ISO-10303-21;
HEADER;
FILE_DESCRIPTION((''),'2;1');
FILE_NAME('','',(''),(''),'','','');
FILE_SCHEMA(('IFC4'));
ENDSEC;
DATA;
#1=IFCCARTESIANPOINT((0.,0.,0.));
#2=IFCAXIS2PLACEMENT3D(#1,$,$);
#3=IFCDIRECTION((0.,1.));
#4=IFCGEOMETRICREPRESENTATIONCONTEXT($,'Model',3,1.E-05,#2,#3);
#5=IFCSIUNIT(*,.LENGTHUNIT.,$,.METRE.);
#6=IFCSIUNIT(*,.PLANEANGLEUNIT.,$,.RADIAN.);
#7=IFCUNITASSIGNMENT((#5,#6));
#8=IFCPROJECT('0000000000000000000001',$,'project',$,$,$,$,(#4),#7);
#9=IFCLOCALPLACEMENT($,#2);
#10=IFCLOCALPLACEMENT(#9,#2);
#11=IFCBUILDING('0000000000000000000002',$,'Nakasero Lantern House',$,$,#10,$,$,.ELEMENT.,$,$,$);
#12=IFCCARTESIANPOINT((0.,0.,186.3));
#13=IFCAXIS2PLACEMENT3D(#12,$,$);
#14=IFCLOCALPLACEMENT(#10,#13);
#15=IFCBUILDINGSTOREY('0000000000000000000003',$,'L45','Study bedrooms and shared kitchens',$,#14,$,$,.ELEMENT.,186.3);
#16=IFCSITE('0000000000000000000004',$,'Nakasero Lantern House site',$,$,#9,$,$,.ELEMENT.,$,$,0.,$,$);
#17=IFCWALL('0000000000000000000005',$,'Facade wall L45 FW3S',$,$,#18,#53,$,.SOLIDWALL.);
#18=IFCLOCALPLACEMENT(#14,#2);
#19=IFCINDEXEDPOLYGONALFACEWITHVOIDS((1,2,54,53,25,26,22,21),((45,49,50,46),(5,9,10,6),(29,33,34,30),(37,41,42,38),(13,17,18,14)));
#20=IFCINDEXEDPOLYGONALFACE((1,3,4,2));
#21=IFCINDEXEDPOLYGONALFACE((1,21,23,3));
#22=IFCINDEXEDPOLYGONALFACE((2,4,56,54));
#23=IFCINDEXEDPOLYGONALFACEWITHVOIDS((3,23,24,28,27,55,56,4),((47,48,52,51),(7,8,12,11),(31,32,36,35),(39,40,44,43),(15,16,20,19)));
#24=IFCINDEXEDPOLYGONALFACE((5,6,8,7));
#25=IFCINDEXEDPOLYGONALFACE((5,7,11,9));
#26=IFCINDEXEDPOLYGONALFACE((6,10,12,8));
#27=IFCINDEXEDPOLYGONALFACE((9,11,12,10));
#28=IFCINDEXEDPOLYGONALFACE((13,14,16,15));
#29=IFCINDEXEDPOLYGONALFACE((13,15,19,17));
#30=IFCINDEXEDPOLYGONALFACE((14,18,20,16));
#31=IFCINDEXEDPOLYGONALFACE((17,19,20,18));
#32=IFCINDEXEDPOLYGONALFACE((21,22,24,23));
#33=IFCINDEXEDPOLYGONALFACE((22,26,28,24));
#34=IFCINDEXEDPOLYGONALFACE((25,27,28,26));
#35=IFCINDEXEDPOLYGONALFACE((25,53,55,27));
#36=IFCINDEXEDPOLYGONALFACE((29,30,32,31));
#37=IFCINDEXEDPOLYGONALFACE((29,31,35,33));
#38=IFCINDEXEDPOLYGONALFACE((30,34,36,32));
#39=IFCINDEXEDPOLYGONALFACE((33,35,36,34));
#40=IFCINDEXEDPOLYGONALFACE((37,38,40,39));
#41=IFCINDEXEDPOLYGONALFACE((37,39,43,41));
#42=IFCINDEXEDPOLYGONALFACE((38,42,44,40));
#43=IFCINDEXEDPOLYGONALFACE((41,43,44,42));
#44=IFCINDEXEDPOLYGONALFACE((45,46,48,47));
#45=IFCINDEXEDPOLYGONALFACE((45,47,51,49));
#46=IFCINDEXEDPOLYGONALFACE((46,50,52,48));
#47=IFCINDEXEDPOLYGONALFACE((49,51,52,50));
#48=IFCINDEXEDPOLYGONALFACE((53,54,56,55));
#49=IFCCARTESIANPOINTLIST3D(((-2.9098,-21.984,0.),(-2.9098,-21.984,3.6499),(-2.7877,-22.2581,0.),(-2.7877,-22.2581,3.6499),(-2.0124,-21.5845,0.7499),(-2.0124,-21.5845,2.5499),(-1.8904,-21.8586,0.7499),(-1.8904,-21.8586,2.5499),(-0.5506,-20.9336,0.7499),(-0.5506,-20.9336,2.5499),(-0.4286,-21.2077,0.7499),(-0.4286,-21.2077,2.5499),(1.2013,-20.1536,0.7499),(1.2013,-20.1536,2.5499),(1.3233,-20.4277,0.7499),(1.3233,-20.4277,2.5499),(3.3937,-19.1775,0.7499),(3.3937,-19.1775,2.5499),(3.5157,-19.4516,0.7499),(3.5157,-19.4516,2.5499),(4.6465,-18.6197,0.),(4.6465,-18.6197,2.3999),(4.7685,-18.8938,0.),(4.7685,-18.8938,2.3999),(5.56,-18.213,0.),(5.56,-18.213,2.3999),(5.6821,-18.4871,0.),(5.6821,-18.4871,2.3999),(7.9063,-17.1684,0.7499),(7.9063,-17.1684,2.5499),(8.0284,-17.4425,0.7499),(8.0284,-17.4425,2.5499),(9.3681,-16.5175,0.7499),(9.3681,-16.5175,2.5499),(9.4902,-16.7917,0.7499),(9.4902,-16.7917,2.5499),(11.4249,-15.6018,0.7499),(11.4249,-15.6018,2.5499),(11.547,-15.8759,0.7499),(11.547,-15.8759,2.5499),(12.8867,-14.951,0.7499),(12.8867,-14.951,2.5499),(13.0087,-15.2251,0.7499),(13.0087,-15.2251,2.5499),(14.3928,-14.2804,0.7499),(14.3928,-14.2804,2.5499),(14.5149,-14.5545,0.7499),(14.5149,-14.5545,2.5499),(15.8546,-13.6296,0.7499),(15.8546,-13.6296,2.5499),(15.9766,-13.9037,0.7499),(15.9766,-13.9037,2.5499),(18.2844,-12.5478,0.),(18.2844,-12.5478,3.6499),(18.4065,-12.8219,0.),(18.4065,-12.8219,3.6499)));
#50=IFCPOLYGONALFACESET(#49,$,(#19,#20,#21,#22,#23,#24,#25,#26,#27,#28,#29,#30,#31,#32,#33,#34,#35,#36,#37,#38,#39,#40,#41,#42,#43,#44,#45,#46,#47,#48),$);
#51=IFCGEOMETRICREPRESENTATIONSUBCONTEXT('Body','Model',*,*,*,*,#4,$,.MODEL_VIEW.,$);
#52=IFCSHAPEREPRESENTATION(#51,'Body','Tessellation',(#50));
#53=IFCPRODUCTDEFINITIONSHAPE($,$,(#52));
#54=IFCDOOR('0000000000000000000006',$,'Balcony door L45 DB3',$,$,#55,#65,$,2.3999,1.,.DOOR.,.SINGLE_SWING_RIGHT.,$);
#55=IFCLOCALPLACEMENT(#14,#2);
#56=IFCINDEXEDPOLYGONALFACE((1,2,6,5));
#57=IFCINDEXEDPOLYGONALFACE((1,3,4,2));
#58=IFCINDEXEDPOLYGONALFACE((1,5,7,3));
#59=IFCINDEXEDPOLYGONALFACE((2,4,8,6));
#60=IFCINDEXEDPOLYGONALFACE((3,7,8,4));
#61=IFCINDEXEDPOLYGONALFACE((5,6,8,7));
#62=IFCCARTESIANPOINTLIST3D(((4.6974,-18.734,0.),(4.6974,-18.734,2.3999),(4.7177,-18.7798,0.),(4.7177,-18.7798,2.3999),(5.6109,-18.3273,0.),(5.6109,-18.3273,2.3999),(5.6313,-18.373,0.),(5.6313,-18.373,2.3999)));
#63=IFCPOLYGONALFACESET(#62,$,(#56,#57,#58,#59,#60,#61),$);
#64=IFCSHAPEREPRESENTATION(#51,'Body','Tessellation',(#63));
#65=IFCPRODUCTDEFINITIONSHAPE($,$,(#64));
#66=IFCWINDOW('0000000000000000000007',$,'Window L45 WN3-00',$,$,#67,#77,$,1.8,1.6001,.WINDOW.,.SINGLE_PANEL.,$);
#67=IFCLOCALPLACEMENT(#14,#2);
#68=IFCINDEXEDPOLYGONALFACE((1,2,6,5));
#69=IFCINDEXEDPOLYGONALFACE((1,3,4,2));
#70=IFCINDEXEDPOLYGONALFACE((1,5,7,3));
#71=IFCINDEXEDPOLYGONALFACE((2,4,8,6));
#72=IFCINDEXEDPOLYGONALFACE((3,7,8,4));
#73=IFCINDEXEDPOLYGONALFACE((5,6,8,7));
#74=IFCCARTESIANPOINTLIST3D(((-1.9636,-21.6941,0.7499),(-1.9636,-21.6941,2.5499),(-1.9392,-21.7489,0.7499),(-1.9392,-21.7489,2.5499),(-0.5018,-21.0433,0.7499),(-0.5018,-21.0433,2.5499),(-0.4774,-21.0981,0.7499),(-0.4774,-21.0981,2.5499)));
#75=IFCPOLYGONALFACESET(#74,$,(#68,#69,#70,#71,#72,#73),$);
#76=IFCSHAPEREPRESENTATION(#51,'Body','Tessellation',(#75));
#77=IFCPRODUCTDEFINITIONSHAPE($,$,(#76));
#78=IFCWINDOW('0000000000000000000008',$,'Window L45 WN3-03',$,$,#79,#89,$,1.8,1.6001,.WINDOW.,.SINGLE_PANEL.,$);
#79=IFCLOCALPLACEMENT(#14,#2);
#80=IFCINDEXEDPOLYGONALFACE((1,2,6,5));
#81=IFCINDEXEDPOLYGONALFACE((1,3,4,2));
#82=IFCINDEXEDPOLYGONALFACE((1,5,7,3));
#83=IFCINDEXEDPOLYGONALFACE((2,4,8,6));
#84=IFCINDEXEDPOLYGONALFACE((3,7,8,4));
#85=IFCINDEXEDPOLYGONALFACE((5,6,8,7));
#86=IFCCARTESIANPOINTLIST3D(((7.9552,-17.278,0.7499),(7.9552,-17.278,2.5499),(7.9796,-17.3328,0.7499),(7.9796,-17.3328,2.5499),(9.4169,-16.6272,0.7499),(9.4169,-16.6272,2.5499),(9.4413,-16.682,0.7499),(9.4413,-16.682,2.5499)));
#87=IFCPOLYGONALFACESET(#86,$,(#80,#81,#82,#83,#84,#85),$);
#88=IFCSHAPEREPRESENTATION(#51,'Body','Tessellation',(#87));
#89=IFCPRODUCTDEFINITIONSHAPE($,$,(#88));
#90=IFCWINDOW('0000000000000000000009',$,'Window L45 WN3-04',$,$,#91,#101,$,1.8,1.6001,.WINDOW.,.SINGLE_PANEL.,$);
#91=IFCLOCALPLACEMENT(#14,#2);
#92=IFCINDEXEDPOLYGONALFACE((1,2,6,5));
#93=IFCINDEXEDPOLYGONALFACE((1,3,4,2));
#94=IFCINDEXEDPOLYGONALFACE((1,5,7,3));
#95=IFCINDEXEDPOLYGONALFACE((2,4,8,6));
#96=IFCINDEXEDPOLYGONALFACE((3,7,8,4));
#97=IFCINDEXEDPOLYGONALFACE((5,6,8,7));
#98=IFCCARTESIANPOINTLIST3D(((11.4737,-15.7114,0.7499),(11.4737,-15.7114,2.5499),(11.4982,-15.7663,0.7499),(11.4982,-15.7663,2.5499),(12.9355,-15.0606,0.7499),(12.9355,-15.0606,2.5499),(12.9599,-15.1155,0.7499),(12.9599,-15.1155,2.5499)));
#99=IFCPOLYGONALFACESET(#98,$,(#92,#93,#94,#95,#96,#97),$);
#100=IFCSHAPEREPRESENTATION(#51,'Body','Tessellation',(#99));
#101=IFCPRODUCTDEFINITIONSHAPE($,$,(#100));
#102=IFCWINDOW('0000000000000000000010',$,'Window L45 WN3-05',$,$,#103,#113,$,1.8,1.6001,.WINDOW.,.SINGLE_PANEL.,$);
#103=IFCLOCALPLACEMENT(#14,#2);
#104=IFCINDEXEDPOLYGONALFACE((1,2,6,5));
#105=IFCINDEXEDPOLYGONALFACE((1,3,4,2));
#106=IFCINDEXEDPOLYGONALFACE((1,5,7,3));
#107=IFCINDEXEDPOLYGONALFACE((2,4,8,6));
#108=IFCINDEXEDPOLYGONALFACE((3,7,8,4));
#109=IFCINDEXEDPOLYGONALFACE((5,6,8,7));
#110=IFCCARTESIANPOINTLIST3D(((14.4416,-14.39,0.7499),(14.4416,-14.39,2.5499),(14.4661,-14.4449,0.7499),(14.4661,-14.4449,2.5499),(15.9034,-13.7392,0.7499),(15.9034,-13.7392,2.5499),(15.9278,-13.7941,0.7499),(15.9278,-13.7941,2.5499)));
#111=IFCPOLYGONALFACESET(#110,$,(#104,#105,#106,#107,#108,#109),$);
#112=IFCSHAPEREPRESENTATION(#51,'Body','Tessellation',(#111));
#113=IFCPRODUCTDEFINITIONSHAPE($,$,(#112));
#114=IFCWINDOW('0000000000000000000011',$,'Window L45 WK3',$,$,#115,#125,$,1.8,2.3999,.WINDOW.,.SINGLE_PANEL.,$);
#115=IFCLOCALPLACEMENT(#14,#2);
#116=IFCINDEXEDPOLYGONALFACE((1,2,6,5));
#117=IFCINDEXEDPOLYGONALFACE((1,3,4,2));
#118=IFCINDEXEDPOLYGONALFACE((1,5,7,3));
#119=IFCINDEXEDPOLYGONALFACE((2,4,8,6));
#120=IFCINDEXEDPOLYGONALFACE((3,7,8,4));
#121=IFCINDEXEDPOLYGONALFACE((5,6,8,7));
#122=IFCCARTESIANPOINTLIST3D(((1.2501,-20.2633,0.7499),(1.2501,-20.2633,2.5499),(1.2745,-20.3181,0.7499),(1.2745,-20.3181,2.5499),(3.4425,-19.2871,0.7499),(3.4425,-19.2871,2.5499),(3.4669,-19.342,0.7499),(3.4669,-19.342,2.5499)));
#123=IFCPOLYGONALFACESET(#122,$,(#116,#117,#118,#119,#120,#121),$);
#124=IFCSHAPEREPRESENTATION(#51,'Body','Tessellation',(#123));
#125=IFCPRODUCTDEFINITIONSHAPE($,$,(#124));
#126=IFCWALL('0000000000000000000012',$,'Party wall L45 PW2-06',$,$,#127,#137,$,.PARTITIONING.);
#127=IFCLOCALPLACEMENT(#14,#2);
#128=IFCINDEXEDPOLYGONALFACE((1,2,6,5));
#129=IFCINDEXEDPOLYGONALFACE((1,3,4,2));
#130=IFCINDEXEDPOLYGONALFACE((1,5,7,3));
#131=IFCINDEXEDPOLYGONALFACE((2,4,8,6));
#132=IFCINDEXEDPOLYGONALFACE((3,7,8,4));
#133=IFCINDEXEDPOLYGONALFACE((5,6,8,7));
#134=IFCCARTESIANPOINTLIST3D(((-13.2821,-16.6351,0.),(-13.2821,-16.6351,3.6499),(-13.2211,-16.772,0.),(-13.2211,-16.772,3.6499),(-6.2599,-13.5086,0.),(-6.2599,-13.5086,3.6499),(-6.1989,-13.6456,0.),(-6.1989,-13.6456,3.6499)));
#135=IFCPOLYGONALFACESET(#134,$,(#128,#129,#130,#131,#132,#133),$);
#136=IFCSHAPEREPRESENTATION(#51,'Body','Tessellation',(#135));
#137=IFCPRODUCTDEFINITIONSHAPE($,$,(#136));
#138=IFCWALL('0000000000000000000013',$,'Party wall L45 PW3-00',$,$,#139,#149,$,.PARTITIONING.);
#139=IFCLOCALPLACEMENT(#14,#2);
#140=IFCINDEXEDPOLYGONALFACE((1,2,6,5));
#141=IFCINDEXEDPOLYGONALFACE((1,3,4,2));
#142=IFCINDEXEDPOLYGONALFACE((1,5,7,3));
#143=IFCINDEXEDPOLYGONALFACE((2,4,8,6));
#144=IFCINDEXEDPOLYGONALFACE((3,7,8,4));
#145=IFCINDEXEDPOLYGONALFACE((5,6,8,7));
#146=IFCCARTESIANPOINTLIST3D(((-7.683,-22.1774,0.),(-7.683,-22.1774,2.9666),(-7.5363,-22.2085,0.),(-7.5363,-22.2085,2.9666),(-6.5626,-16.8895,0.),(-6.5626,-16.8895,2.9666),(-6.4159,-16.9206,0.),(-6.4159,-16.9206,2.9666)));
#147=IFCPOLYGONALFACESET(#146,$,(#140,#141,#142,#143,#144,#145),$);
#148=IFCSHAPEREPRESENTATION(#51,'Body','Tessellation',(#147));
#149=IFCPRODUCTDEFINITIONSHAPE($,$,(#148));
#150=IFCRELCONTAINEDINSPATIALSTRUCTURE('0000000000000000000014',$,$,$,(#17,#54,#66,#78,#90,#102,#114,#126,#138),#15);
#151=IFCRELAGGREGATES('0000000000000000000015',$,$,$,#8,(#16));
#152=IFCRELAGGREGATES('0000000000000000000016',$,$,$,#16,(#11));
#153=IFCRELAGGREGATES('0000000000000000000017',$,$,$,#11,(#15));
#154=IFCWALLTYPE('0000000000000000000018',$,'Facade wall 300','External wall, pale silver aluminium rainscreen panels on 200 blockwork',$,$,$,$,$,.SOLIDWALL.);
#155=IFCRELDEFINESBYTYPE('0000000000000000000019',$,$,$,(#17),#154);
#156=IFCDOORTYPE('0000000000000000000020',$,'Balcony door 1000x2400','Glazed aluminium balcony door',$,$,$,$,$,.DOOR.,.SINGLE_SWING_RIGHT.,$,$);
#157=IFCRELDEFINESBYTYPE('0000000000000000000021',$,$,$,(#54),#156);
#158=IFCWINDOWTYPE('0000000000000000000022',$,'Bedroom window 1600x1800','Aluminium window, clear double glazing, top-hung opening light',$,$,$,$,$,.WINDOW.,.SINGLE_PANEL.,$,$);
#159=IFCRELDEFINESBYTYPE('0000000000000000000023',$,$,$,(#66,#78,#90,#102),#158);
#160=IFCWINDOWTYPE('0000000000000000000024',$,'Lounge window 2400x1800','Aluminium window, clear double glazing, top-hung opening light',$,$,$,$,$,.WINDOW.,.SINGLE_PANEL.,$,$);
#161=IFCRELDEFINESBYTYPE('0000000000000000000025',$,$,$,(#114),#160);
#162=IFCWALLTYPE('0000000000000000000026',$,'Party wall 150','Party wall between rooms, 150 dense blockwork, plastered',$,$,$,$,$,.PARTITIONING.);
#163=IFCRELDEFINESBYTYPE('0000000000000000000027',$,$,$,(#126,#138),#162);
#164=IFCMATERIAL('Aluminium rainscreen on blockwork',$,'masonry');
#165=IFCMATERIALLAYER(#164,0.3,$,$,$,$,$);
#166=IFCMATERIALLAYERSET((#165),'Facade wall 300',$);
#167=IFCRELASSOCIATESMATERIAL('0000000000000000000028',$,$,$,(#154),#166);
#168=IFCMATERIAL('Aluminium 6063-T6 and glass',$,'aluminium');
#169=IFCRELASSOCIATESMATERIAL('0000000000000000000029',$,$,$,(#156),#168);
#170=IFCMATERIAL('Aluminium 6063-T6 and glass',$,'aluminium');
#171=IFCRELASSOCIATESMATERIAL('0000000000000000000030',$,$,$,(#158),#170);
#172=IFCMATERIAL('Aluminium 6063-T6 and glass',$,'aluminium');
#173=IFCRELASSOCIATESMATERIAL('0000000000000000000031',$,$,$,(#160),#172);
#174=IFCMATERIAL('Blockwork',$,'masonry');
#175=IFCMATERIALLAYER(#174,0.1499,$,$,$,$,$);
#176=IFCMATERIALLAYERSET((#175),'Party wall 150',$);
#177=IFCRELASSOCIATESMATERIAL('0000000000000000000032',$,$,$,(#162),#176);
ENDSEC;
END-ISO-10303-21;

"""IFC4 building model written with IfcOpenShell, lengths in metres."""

from ifc_helpers import new_model, si_unit, direction, frame, frame_2d, origin, place, context, subcontext, project, spatial, rectangle, extrude, material, layer, layer_set, type_object, element, fill, save


model = new_model("IFC4")

# Units and contexts
model_context = context("Model", 3, precision=1e-05, world=origin(), true_north=direction((0.0, 1.0)))
body_context = subcontext(model_context, "Body", "Model", "MODEL_VIEW")
ifc_project = project(units=[si_unit("LENGTHUNIT", "METRE"), si_unit("PLANEANGLEUNIT", "RADIAN")], contexts=[model_context])

# Site, building, storey
site_placement = place(None, origin())
site = spatial("IfcSite", under=ifc_project, at=site_placement, Name="Nakasero Lantern House site", CompositionType="ELEMENT", RefElevation=0.0)
building_placement = place(site_placement, origin())
building = spatial("IfcBuilding", under=site, at=building_placement, Name="Nakasero Lantern House", CompositionType="ELEMENT")
storey_placement = place(building_placement, frame((0.0, 0.0, 186.3)))
storey = spatial("IfcBuildingStorey", under=building, at=storey_placement, Name="L45", Description="Study bedrooms and shared kitchens", CompositionType="ELEMENT", Elevation=186.3)

# Shared definitions
ifc_material_1 = material(Name="Aluminium rainscreen on blockwork", Category="masonry")
ifc_layer_1 = layer(ifc_material_1, 0.3)
ifc_layer_set_1 = layer_set([ifc_layer_1], Name="Facade wall 300")
wall_type_1 = type_object("IfcWallType", Name="Facade wall 300", Description="External wall, pale silver aluminium rainscreen panels on 200 blockwork", PredefinedType="SOLIDWALL", material=ifc_layer_set_1)

# Wall, openings, door, windows
wall_1_placement = place(storey_placement, frame((-2.8489, -22.1211, 0.0), z_axis=(0.0, 0.0, 1.0), x_axis=(0.913546, 0.406735, 0.0)))
wall_1 = element("IfcWall", 1, at=wall_1_placement, inside=storey, type_object=wall_type_1, Name="Facade wall L45 FW3S", PredefinedType="SOLIDWALL", context=body_context, shape_type="SweptSolid", body=[
    extrude(rectangle(XDim=23.2, YDim=0.3, at=frame_2d((11.6001, 0.0))), origin(), (0.0, 0.0, 1.0), 3.6499),
])
opening_1_placement = place(wall_1_placement, frame((0.9824, 0.0, 0.75)))
opening_1 = element("IfcOpeningElement", 2, at=opening_1_placement, cuts=wall_1, PredefinedType="OPENING", context=body_context, shape_type="SweptSolid", body=[
    extrude(rectangle(XDim=1.6001, YDim=1.8, at=frame_2d((0.8, 0.8999))), frame((0.0, 0.1699, 0.0), z_axis=(0.0, -1.0, 0.0), x_axis=(1.0, 0.0, 0.0)), (0.0, 0.0, 1.0), 0.3401),
])
opening_2_placement = place(wall_1_placement, frame((11.8398, 0.0, 0.75)))
opening_2 = element("IfcOpeningElement", 3, at=opening_2_placement, cuts=wall_1, PredefinedType="OPENING", context=body_context, shape_type="SweptSolid", body=[
    extrude(rectangle(XDim=1.6001, YDim=1.8, at=frame_2d((0.8, 0.8999))), frame((0.0, 0.1699, 0.0), z_axis=(0.0, -1.0, 0.0), x_axis=(1.0, 0.0, 0.0)), (0.0, 0.0, 1.0), 0.3401),
])
opening_3_placement = place(wall_1_placement, frame((15.6914, 0.0, 0.75)))
opening_3 = element("IfcOpeningElement", 4, at=opening_3_placement, cuts=wall_1, PredefinedType="OPENING", context=body_context, shape_type="SweptSolid", body=[
    extrude(rectangle(XDim=1.6001, YDim=1.8, at=frame_2d((0.8, 0.8999))), frame((0.0, 0.1699, 0.0), z_axis=(0.0, -1.0, 0.0), x_axis=(1.0, 0.0, 0.0)), (0.0, 0.0, 1.0), 0.3401),
])
opening_4_placement = place(wall_1_placement, frame((18.9402, 0.0, 0.75)))
opening_4 = element("IfcOpeningElement", 5, at=opening_4_placement, cuts=wall_1, PredefinedType="OPENING", context=body_context, shape_type="SweptSolid", body=[
    extrude(rectangle(XDim=1.6001, YDim=1.8, at=frame_2d((0.8, 0.8999))), frame((0.0, 0.1699, 0.0), z_axis=(0.0, -1.0, 0.0), x_axis=(1.0, 0.0, 0.0)), (0.0, 0.0, 1.0), 0.3401),
])
opening_5_placement = place(wall_1_placement, frame((4.5002, 0.0, 0.75)))
opening_5 = element("IfcOpeningElement", 6, at=opening_5_placement, cuts=wall_1, PredefinedType="OPENING", context=body_context, shape_type="SweptSolid", body=[
    extrude(rectangle(XDim=2.3999, YDim=1.8, at=frame_2d((1.2, 0.8999))), frame((0.0, 0.1699, 0.0), z_axis=(0.0, -1.0, 0.0), x_axis=(1.0, 0.0, 0.0)), (0.0, 0.0, 1.0), 0.3401),
])
opening_6_placement = place(wall_1_placement, frame((8.2715, 0.0, 0.0)))
opening_6 = element("IfcOpeningElement", 7, at=opening_6_placement, cuts=wall_1, PredefinedType="OPENING", context=body_context, shape_type="SweptSolid", body=[
    extrude(rectangle(XDim=1.0, YDim=2.3999, at=frame_2d((0.5, 1.2))), frame((0.0, 0.1699, 0.0), z_axis=(0.0, -1.0, 0.0), x_axis=(1.0, 0.0, 0.0)), (0.0, 0.0, 1.0), 0.3401),
])
ifc_material_2 = material(Name="Aluminium 6063-T6 and glass", Category="aluminium")
door_type_1 = type_object("IfcDoorType", Name="Balcony door 1000x2400", Description="Glazed aluminium balcony door", OperationType="SINGLE_SWING_RIGHT", PredefinedType="DOOR", material=ifc_material_2)
door_1_placement = place(opening_6_placement, origin())
door_1 = element("IfcDoor", 8, at=door_1_placement, inside=storey, type_object=door_type_1, Name="Balcony door L45 DB3", OperationType="SINGLE_SWING_RIGHT", OverallHeight=2.3999, OverallWidth=1.0, PredefinedType="DOOR", context=body_context, shape_type="SweptSolid", body=[
    extrude(rectangle(XDim=1.0, YDim=2.3999, at=frame_2d((0.5, 1.2))), frame((0.0, 0.0249, 0.0), z_axis=(0.0, -1.0, 0.0), x_axis=(1.0, 0.0, 0.0)), (0.0, 0.0, 1.0), 0.05),
])
fill(opening_6, door_1)
ifc_material_3 = material(Name="Aluminium 6063-T6 and glass", Category="aluminium")
window_type_1 = type_object("IfcWindowType", Name="Bedroom window 1600x1800", Description="Aluminium window, clear double glazing, top-hung opening light", PartitioningType="SINGLE_PANEL", PredefinedType="WINDOW", material=ifc_material_3)
window_1_placement = place(opening_1_placement, origin())
window_1 = element("IfcWindow", 9, at=window_1_placement, inside=storey, type_object=window_type_1, Name="Window L45 WN3-00", OverallHeight=1.8, OverallWidth=1.6001, PartitioningType="SINGLE_PANEL", PredefinedType="WINDOW", context=body_context, shape_type="SweptSolid", body=[
    extrude(rectangle(XDim=1.6001, YDim=1.8, at=frame_2d((0.8, 0.8999))), frame((0.0, 0.03, 0.0), z_axis=(0.0, -1.0, 0.0), x_axis=(1.0, 0.0, 0.0)), (0.0, 0.0, 1.0), 0.0601),
])
fill(opening_1, window_1)
window_2_placement = place(opening_2_placement, origin())
window_2 = element("IfcWindow", 10, at=window_2_placement, inside=storey, type_object=window_type_1, Name="Window L45 WN3-03", OverallHeight=1.8, OverallWidth=1.6001, PartitioningType="SINGLE_PANEL", PredefinedType="WINDOW", context=body_context, shape_type="SweptSolid", body=[
    extrude(rectangle(XDim=1.6001, YDim=1.8, at=frame_2d((0.8, 0.8999))), frame((0.0, 0.03, 0.0), z_axis=(0.0, -1.0, 0.0), x_axis=(1.0, 0.0, 0.0)), (0.0, 0.0, 1.0), 0.0601),
])
fill(opening_2, window_2)
window_3_placement = place(opening_3_placement, origin())
window_3 = element("IfcWindow", 11, at=window_3_placement, inside=storey, type_object=window_type_1, Name="Window L45 WN3-04", OverallHeight=1.8, OverallWidth=1.6001, PartitioningType="SINGLE_PANEL", PredefinedType="WINDOW", context=body_context, shape_type="SweptSolid", body=[
    extrude(rectangle(XDim=1.6001, YDim=1.8, at=frame_2d((0.8, 0.8999))), frame((0.0, 0.03, 0.0), z_axis=(0.0, -1.0, 0.0), x_axis=(1.0, 0.0, 0.0)), (0.0, 0.0, 1.0), 0.0601),
])
fill(opening_3, window_3)
window_4_placement = place(opening_4_placement, origin())
window_4 = element("IfcWindow", 12, at=window_4_placement, inside=storey, type_object=window_type_1, Name="Window L45 WN3-05", OverallHeight=1.8, OverallWidth=1.6001, PartitioningType="SINGLE_PANEL", PredefinedType="WINDOW", context=body_context, shape_type="SweptSolid", body=[
    extrude(rectangle(XDim=1.6001, YDim=1.8, at=frame_2d((0.8, 0.8999))), frame((0.0, 0.03, 0.0), z_axis=(0.0, -1.0, 0.0), x_axis=(1.0, 0.0, 0.0)), (0.0, 0.0, 1.0), 0.0601),
])
fill(opening_4, window_4)
ifc_material_4 = material(Name="Aluminium 6063-T6 and glass", Category="aluminium")
window_type_2 = type_object("IfcWindowType", Name="Lounge window 2400x1800", Description="Aluminium window, clear double glazing, top-hung opening light", PartitioningType="SINGLE_PANEL", PredefinedType="WINDOW", material=ifc_material_4)
window_5_placement = place(opening_5_placement, origin())
window_5 = element("IfcWindow", 13, at=window_5_placement, inside=storey, type_object=window_type_2, Name="Window L45 WK3", OverallHeight=1.8, OverallWidth=2.3999, PartitioningType="SINGLE_PANEL", PredefinedType="WINDOW", context=body_context, shape_type="SweptSolid", body=[
    extrude(rectangle(XDim=2.3999, YDim=1.8, at=frame_2d((1.2, 0.8999))), frame((0.0, 0.03, 0.0), z_axis=(0.0, -1.0, 0.0), x_axis=(1.0, 0.0, 0.0)), (0.0, 0.0, 1.0), 0.0601),
])
fill(opening_5, window_5)

# Walls
ifc_material_5 = material(Name="Blockwork", Category="masonry")
ifc_layer_2 = layer(ifc_material_5, 0.1499)
ifc_layer_set_2 = layer_set([ifc_layer_2], Name="Party wall 150")
wall_type_2 = type_object("IfcWallType", Name="Party wall 150", Description="Party wall between rooms, 150 dense blockwork, plastered", PredefinedType="PARTITIONING", material=ifc_layer_set_2)
wall_2_placement = place(storey_placement, frame((-6.2295, -13.5771, 0.0), z_axis=(0.0, 0.0, 1.0), x_axis=(-0.913547, -0.406734, 0.0)))
element("IfcWall", 14, at=wall_2_placement, inside=storey, type_object=wall_type_2, Name="Party wall L45 PW2-06", PredefinedType="PARTITIONING", context=body_context, shape_type="SweptSolid", body=[
    extrude(rectangle(XDim=7.6868, YDim=0.1499, at=frame_2d((3.8433, 0.0))), origin(), (0.0, 0.0, 1.0), 3.6499),
])
wall_3_placement = place(storey_placement, frame((-6.4893, -16.905, 0.0), z_axis=(0.0, 0.0, 1.0), x_axis=(-0.207274, -0.978283, 0.0)))
element("IfcWall", 15, at=wall_3_placement, inside=storey, type_object=wall_type_2, Name="Party wall L45 PW3-00", PredefinedType="PARTITIONING", context=body_context, shape_type="SweptSolid", body=[
    extrude(rectangle(XDim=5.4053, YDim=0.1499, at=frame_2d((2.7026, 0.0))), origin(), (0.0, 0.0, 1.0), 2.9666),
])

save(model, "model.ifc")
